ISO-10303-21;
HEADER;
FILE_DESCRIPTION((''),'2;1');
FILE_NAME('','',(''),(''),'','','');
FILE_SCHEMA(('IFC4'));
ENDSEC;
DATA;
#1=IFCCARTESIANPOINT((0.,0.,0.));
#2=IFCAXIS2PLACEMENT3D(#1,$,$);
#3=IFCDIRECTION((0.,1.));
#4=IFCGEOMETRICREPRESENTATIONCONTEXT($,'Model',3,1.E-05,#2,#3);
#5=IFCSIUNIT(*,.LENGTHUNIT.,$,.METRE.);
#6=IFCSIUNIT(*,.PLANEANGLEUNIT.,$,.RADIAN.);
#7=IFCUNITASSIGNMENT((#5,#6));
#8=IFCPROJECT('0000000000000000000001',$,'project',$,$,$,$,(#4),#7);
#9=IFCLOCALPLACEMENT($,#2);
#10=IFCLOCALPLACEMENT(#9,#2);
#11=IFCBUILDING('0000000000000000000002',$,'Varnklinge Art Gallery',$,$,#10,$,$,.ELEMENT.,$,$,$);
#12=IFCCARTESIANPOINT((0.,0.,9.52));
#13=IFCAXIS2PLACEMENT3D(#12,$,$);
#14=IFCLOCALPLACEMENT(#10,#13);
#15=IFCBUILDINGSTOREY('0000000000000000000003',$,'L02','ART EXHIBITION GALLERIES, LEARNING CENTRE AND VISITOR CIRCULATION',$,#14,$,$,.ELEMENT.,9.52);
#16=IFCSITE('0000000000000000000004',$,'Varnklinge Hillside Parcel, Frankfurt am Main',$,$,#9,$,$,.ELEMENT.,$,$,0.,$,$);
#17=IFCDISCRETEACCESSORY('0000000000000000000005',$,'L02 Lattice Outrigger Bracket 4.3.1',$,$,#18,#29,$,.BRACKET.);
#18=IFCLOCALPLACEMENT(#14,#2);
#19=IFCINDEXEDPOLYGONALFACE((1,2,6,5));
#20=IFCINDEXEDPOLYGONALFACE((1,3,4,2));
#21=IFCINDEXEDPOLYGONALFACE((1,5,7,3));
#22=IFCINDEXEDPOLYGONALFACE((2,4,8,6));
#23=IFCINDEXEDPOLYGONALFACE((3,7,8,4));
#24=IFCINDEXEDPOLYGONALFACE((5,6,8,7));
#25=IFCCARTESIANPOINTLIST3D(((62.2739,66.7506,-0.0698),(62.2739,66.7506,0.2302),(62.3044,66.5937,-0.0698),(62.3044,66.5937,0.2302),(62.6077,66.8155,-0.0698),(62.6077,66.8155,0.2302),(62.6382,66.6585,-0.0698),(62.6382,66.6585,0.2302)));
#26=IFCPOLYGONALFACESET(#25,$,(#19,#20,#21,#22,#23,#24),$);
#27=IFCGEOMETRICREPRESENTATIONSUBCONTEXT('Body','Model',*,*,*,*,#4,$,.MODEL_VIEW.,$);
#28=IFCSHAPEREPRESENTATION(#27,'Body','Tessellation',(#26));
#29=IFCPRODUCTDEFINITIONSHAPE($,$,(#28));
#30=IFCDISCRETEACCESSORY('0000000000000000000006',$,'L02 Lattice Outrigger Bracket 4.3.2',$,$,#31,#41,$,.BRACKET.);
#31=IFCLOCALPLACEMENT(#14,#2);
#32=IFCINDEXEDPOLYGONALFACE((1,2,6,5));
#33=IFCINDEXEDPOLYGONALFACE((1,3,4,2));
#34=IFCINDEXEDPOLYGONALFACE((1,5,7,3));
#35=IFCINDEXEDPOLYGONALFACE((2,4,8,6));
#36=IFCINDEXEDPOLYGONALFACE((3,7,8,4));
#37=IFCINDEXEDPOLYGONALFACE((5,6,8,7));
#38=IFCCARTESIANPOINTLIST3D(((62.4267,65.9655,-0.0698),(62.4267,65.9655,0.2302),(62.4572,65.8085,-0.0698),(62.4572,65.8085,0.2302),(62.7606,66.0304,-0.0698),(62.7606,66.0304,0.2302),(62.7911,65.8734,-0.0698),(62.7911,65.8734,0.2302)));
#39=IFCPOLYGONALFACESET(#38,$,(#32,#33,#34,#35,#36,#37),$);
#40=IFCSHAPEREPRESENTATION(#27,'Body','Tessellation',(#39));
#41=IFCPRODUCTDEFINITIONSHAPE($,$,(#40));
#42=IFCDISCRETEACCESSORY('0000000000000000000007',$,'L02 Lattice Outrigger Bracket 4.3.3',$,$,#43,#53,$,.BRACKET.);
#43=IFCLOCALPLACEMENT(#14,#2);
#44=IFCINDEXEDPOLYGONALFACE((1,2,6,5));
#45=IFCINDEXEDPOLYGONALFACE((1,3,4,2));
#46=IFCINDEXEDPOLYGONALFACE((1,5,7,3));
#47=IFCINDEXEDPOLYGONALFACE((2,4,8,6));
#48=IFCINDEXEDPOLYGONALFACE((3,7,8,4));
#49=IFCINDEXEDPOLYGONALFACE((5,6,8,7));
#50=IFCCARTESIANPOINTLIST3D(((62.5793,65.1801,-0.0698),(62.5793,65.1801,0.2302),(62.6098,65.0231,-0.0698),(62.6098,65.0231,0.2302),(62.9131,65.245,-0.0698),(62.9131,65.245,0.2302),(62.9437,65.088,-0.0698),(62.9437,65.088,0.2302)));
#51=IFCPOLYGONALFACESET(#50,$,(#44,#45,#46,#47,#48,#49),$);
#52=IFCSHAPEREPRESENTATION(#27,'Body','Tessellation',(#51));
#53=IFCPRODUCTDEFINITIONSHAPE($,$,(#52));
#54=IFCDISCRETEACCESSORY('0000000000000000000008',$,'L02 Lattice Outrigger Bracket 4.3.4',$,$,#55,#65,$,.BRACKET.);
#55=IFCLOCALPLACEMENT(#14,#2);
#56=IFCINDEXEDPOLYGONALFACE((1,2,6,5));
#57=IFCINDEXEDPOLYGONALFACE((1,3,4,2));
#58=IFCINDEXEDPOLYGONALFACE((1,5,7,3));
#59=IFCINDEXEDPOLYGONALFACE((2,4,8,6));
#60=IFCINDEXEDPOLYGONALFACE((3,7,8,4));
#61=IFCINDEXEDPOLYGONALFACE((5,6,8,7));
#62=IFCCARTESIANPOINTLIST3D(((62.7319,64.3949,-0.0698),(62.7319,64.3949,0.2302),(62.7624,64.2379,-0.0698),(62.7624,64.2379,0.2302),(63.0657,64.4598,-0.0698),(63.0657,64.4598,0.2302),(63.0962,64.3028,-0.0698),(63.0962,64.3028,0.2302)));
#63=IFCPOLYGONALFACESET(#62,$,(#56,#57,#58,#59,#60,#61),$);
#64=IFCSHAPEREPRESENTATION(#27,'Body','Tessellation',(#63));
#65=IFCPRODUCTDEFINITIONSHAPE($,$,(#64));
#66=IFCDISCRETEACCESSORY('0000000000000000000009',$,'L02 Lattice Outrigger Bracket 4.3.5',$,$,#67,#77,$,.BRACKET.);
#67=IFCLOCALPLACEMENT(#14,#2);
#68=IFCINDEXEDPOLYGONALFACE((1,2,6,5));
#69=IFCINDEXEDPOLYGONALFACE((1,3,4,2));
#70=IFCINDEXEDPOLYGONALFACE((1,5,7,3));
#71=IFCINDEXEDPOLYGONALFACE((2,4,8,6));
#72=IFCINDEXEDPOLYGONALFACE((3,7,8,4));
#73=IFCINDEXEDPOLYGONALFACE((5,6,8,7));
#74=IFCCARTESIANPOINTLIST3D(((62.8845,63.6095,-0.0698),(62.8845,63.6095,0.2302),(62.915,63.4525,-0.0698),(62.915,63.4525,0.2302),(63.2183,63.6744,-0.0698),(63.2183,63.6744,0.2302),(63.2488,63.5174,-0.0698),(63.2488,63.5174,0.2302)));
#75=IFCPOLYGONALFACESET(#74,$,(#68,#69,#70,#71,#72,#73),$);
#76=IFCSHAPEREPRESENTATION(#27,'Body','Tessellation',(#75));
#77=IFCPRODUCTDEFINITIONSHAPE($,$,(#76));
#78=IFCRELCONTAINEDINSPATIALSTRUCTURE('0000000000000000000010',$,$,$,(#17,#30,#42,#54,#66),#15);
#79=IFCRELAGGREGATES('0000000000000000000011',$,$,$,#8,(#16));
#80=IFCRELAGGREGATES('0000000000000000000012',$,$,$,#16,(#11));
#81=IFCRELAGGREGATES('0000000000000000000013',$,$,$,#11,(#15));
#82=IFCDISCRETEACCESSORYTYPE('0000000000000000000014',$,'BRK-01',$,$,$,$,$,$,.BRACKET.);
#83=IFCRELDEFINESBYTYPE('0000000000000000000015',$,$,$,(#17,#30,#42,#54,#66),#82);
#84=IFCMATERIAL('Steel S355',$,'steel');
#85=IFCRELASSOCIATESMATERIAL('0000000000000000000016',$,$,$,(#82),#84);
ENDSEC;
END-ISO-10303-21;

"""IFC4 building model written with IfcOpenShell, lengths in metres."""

from ifc_helpers import new_model, si_unit, direction, frame, origin, origin_2d, place, context, subcontext, project, spatial, rectangle, extrude, material, type_object, element, save


model = new_model("IFC4")

# Units and contexts
model_context = context("Model", 3, precision=1e-05, world=origin(), true_north=direction((0.0, 1.0)))
body_context = subcontext(model_context, "Body", "Model", "MODEL_VIEW")
ifc_project = project(units=[si_unit("LENGTHUNIT", "METRE"), si_unit("PLANEANGLEUNIT", "RADIAN")], contexts=[model_context])

# Site, building, storey
site_placement = place(None, origin())
site = spatial("IfcSite", under=ifc_project, at=site_placement, Name="Varnklinge Hillside Parcel, Frankfurt am Main", CompositionType="ELEMENT", RefElevation=0.0)
building_placement = place(site_placement, origin())
building = spatial("IfcBuilding", under=site, at=building_placement, Name="Varnklinge Art Gallery", CompositionType="ELEMENT")
storey_placement = place(building_placement, frame((0.0, 0.0, 9.52)))
storey = spatial("IfcBuildingStorey", under=building, at=storey_placement, Name="L02", Description="ART EXHIBITION GALLERIES, LEARNING CENTRE AND VISITOR CIRCULATION", CompositionType="ELEMENT", Elevation=9.52)

# Discrete accessories
ifc_material_1 = material(Name="Steel S355", Category="steel")
discrete_accessory_type = type_object("IfcDiscreteAccessoryType", Name="BRK-01", PredefinedType="BRACKET", material=ifc_material_1)
for number, where, z_axis, x_axis, name in (
    (1, (62.4561, 66.7046, -0.0698), (0.0, 0.0, 1.0), (0.190809, -0.981627, 0.0), "L02 Lattice Outrigger Bracket 4.3.1"),
    (2, (62.6089, 65.9194, -0.0698), (0.0, 0.0, 1.0), (0.190809, -0.981627, 0.0), "L02 Lattice Outrigger Bracket 4.3.2"),
    (3, (62.7615, 65.134, -0.0698), (0.0, 0.0, 1.0), (0.190809, -0.981627, 0.0), "L02 Lattice Outrigger Bracket 4.3.3"),
    (4, (62.9141, 64.3489, -0.0698), (0.0, 0.0, 1.0), (0.190809, -0.981627, 0.0), "L02 Lattice Outrigger Bracket 4.3.4"),
    (5, (63.0667, 63.5635, -0.0698), (0.0, 0.0, 1.0), (0.190809, -0.981627, 0.0), "L02 Lattice Outrigger Bracket 4.3.5"),
):
    element("IfcDiscreteAccessory", number, at=place(storey_placement, frame(where, z_axis=z_axis, x_axis=x_axis)), inside=storey, type_object=discrete_accessory_type, Name=name, PredefinedType="BRACKET", context=body_context, shape_type="SweptSolid", body=[
        extrude(rectangle(XDim=0.1599, YDim=0.3401, at=origin_2d()), origin(), (0.0, 0.0, 1.0), 0.3),
    ])

save(model, "model.ifc")
